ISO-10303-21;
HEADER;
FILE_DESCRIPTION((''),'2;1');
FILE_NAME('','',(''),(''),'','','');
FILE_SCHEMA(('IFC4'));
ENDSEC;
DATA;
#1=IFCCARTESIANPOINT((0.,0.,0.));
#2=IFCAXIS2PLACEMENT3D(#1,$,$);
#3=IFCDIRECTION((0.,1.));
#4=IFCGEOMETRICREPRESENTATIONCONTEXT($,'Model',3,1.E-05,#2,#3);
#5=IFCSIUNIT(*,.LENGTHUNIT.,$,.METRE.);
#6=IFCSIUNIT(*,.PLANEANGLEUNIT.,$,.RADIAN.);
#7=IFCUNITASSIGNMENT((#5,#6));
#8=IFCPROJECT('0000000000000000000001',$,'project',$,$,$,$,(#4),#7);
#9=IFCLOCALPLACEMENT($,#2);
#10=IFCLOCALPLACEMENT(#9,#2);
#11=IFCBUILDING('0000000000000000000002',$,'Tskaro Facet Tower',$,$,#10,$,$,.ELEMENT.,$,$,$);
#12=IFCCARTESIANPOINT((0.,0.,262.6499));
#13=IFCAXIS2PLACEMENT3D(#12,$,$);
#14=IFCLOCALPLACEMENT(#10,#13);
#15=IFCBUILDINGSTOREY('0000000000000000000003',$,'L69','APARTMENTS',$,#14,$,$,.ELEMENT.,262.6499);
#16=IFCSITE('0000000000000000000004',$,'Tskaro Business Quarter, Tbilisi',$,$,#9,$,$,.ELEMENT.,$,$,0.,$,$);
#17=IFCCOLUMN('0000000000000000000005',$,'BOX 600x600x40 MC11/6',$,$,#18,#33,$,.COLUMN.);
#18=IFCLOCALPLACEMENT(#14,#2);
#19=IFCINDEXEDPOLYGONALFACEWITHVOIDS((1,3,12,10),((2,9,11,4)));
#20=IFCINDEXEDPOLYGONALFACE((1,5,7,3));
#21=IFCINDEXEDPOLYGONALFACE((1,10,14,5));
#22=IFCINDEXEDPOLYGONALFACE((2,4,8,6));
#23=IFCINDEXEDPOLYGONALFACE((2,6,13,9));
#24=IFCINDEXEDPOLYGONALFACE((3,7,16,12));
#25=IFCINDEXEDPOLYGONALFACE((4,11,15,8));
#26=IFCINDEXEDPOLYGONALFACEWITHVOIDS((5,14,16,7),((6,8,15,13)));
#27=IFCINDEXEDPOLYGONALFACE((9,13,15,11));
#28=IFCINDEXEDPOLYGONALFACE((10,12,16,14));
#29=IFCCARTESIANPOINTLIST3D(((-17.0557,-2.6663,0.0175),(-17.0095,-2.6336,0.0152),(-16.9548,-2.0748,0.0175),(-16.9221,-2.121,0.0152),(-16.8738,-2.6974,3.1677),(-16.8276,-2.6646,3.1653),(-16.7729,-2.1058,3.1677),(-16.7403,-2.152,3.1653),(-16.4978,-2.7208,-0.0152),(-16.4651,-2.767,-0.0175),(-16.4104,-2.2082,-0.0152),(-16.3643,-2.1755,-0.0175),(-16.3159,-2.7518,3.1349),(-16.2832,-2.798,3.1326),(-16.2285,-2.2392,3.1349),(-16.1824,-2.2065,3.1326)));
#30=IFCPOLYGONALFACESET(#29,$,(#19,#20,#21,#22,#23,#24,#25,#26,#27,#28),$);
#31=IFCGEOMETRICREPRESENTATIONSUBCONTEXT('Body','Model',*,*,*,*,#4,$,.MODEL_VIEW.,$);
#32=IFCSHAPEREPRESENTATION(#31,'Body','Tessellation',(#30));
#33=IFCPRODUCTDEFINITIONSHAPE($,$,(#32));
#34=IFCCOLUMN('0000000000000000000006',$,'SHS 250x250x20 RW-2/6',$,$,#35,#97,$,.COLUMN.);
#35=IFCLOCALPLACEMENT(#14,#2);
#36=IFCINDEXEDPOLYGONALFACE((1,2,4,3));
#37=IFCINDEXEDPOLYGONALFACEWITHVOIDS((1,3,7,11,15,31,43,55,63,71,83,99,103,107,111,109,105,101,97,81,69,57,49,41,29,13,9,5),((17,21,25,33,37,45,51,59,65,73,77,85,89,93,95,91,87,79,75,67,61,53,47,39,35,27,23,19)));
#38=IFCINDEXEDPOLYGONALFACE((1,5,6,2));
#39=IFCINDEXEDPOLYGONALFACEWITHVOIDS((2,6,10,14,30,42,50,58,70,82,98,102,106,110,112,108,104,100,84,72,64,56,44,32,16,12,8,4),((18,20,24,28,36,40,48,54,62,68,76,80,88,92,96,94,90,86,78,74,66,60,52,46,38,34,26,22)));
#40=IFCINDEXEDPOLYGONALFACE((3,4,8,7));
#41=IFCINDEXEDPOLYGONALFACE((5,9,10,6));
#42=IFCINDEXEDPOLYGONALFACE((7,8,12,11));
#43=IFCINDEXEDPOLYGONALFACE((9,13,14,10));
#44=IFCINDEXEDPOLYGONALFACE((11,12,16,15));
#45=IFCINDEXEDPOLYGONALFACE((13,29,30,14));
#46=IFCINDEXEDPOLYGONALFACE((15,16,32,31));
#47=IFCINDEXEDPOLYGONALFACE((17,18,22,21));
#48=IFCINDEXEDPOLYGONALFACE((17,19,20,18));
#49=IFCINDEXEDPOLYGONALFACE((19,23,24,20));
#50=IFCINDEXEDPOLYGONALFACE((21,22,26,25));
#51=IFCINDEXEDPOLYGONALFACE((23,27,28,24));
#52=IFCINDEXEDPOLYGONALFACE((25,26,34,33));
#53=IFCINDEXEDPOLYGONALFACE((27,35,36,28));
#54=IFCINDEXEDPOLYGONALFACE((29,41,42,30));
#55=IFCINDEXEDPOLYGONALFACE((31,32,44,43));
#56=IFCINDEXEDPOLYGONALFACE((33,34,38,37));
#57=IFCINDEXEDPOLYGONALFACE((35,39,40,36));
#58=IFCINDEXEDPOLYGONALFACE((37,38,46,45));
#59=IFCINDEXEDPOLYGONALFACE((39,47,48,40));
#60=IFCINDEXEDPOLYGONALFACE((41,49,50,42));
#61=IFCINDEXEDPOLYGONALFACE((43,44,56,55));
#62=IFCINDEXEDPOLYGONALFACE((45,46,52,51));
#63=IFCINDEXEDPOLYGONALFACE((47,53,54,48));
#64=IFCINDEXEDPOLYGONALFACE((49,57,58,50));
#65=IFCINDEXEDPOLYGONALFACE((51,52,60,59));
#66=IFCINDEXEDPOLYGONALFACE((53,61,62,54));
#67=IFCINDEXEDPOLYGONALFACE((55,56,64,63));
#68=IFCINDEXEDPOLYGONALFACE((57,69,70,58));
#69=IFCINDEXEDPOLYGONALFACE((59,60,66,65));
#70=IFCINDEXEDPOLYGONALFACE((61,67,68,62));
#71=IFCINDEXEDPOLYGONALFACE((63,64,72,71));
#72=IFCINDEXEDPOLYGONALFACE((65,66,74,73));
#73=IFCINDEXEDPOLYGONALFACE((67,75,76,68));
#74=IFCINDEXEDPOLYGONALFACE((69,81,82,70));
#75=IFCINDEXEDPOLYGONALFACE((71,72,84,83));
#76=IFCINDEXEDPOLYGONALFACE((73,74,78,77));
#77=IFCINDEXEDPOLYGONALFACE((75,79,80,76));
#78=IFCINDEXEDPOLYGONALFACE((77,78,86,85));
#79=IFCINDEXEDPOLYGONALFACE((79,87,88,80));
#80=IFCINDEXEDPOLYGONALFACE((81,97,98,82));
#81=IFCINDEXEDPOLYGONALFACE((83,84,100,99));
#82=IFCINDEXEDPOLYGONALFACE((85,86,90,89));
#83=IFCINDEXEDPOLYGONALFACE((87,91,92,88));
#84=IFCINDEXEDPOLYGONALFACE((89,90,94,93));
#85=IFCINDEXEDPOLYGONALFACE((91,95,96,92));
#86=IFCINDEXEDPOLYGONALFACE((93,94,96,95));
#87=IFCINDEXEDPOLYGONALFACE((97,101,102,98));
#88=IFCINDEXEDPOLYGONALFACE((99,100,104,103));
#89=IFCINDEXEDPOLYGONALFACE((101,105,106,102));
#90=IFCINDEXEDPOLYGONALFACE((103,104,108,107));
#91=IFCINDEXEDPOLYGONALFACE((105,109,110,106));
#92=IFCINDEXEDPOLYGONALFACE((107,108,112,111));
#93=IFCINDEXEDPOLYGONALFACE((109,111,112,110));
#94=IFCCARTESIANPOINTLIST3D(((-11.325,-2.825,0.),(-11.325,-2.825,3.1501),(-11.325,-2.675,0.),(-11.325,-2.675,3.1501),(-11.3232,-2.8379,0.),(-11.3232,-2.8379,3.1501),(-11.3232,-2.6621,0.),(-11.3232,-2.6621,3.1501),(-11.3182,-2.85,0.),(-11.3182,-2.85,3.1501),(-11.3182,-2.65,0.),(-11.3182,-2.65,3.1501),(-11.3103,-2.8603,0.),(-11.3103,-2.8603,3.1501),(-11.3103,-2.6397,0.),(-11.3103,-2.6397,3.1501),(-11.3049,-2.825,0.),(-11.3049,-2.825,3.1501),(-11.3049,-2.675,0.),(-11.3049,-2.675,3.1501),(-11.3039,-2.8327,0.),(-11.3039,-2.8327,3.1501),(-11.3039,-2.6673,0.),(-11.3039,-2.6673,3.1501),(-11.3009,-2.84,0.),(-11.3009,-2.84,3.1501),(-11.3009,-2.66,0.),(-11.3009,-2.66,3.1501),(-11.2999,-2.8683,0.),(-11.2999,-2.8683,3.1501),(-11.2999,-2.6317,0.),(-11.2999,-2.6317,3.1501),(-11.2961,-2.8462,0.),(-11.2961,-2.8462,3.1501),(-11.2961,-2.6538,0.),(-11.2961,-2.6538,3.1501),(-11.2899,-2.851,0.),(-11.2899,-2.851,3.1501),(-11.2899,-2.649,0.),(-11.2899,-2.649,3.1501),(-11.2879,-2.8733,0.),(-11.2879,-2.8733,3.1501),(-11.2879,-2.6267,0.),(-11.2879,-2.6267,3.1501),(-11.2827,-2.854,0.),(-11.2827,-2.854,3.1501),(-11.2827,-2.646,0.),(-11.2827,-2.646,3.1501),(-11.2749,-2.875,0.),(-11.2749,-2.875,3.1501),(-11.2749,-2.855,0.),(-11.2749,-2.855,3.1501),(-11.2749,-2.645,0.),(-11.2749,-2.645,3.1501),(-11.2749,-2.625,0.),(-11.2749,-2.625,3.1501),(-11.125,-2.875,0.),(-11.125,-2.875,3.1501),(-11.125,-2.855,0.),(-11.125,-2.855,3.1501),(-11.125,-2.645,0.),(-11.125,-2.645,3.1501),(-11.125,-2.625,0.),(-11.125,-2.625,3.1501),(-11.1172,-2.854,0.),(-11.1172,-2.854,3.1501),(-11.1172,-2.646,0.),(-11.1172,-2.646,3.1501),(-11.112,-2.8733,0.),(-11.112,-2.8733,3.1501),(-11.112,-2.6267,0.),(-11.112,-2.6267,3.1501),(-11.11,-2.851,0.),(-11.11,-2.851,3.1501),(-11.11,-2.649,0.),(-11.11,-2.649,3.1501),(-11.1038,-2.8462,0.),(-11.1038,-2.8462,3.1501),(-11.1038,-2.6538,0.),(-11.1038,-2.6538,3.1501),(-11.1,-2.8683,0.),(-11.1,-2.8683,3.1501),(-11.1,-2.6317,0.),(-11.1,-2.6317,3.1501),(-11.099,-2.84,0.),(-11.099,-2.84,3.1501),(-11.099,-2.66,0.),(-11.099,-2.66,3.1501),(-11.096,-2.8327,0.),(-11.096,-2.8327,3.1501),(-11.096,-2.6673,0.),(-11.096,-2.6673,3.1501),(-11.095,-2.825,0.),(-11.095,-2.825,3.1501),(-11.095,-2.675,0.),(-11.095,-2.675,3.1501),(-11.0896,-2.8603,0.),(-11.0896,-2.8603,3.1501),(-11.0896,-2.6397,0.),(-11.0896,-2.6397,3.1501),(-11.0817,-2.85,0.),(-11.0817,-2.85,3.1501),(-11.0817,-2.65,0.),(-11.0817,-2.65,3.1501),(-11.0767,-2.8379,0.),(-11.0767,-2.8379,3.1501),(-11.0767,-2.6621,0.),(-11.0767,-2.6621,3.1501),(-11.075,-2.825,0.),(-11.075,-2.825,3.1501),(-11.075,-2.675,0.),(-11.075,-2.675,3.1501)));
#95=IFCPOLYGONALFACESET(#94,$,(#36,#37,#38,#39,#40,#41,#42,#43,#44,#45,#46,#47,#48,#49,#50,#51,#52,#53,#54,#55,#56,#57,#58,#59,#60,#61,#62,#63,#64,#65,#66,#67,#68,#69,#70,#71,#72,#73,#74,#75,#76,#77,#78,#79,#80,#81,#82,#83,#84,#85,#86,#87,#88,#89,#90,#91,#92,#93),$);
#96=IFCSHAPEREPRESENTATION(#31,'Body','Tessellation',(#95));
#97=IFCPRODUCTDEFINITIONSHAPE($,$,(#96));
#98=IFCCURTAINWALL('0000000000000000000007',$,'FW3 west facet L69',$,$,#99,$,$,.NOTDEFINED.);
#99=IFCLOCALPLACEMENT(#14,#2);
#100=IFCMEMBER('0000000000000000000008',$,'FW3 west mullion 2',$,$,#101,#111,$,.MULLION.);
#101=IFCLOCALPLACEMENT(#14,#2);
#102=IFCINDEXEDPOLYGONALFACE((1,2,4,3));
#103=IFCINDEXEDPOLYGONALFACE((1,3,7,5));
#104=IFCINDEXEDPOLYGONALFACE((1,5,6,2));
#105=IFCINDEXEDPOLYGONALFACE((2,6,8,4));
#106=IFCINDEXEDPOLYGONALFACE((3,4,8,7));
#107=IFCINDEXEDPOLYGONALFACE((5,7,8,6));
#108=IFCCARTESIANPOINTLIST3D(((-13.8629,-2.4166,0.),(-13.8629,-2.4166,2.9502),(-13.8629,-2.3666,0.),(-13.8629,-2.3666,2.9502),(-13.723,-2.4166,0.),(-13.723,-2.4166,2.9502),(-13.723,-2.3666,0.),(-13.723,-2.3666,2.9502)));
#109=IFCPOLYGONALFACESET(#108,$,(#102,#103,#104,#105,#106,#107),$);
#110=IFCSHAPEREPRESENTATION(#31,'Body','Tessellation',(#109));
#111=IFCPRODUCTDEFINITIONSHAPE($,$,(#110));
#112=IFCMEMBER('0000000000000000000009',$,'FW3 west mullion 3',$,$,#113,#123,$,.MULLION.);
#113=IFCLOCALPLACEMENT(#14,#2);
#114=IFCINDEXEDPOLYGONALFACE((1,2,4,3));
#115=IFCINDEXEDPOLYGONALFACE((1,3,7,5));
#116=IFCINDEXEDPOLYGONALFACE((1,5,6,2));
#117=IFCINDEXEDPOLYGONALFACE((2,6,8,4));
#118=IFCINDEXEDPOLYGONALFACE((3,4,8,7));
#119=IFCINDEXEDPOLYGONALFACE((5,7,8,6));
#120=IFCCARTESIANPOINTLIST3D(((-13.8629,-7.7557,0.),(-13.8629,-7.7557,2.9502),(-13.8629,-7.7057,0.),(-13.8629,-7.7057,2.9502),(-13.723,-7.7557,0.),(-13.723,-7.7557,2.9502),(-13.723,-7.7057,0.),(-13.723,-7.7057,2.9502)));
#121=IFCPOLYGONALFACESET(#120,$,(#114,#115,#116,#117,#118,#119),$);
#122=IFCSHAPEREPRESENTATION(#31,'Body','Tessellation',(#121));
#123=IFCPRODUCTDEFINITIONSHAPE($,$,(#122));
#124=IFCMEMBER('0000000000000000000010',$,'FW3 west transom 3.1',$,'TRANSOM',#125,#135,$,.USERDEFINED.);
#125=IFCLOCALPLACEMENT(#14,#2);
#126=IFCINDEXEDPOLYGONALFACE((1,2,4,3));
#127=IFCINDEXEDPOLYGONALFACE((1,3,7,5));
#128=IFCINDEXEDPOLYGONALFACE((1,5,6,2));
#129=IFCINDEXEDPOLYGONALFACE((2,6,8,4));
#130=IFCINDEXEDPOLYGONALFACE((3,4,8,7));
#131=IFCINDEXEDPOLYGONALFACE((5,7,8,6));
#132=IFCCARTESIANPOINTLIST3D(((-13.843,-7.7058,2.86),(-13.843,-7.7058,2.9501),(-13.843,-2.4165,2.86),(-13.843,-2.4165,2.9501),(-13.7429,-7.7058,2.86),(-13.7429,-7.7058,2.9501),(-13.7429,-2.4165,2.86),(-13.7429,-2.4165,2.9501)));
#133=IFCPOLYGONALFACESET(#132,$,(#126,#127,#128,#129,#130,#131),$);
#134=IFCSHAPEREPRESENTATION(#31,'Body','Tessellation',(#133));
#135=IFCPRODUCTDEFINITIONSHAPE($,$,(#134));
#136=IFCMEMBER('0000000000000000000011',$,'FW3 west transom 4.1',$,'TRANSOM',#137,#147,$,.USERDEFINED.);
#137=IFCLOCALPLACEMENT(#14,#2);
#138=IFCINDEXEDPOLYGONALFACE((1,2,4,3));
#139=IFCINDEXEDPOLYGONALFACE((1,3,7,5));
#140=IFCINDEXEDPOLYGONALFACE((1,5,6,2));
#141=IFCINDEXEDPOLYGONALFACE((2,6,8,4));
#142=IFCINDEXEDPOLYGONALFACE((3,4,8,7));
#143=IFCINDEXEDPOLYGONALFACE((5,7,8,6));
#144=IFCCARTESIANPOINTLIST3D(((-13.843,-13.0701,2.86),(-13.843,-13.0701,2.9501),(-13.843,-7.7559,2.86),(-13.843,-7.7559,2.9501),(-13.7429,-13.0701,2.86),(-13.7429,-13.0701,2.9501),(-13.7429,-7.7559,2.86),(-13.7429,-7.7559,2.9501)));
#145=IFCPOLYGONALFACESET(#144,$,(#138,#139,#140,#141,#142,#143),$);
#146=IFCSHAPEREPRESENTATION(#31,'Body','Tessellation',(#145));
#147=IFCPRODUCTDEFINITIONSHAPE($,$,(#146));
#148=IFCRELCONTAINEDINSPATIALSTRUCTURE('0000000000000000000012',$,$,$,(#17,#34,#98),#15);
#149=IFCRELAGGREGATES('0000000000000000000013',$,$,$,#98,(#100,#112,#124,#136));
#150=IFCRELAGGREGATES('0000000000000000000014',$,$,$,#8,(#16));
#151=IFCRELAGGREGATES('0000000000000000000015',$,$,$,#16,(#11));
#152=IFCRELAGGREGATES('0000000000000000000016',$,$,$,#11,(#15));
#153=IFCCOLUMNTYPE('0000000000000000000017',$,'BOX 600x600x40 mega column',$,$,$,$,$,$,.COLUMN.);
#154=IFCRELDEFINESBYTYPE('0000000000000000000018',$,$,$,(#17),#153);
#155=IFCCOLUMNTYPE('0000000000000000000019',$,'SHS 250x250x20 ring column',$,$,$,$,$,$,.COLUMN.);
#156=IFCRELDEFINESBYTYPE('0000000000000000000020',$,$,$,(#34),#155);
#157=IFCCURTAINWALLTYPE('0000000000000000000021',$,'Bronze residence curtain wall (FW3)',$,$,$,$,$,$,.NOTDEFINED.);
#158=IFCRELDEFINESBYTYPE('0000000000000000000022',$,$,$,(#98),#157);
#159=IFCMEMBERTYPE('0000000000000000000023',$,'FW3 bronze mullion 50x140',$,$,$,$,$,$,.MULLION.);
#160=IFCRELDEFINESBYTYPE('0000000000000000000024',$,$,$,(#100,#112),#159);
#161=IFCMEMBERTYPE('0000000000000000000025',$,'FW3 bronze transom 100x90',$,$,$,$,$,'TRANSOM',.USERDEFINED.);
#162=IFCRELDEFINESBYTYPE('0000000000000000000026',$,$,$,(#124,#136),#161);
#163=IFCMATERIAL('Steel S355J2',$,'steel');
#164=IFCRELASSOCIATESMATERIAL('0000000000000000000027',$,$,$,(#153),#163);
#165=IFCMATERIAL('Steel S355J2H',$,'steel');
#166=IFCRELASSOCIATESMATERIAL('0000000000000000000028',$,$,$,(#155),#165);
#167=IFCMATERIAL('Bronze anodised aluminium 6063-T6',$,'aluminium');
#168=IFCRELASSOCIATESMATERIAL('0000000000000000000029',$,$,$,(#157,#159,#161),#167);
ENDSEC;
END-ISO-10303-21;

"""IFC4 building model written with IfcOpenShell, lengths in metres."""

from ifc_helpers import new_model, si_unit, direction, frame, origin, origin_2d, place, context, subcontext, project, spatial, rectangle, hollow_rectangle, extrude, material, material_profile, profile_set, type_object, element, aggregate, save


model = new_model("IFC4")

# Units and contexts
model_context = context("Model", 3, precision=1e-05, world=origin(), true_north=direction((0.0, 1.0)))
body_context = subcontext(model_context, "Body", "Model", "MODEL_VIEW")
ifc_project = project(units=[si_unit("LENGTHUNIT", "METRE"), si_unit("PLANEANGLEUNIT", "RADIAN")], contexts=[model_context])

# Site, building, storey
site_placement = place(None, origin())
site = spatial("IfcSite", under=ifc_project, at=site_placement, Name="Tskaro Business Quarter, Tbilisi", CompositionType="ELEMENT", RefElevation=0.0)
building_placement = place(site_placement, origin())
building = spatial("IfcBuilding", under=site, at=building_placement, Name="Tskaro Facet Tower", CompositionType="ELEMENT")
storey_placement = place(building_placement, frame((0.0, 0.0, 262.6499)))
storey = spatial("IfcBuildingStorey", under=building, at=storey_placement, Name="L69", Description="APARTMENTS", CompositionType="ELEMENT", Elevation=262.6499)

# Columns
ifc_material_1 = material(Name="Steel S355J2", Category="steel")
ifc_material_profile_1 = material_profile(ifc_material_1, hollow_rectangle(XDim=0.6001, YDim=0.6001, WallThickness=0.04, at=origin_2d()), Name="BOX 600x600x40")
ifc_profile_set_1 = profile_set([ifc_material_profile_1], Name="Steel S355J2")
column_type_1 = type_object("IfcColumnType", Name="BOX 600x600x40 mega column", PredefinedType="COLUMN", material=ifc_profile_set_1)
column_1_placement = place(storey_placement, frame((-16.71, -2.4209, 0.0), z_axis=(0.05764, -0.009826, 0.998289), x_axis=(0.168046, 0.985779, 0.0)))
element("IfcColumn", 1, at=column_1_placement, inside=storey, type_object=column_type_1, Name="BOX 600x600x40 MC11/6", PredefinedType="COLUMN", context=body_context, shape_type="SweptSolid", body=[
    extrude(hollow_rectangle(XDim=0.6001, YDim=0.6001, WallThickness=0.04, at=origin_2d()), origin(), (0.0, 0.0, 1.0), 3.1555),
])
ifc_material_2 = material(Name="Steel S355J2H", Category="steel")
ifc_material_profile_2 = material_profile(ifc_material_2, hollow_rectangle(XDim=0.25, YDim=0.25, WallThickness=0.02, InnerFilletRadius=0.03, OuterFilletRadius=0.05, at=origin_2d()), Name="SHS 250x250x20")
ifc_profile_set_2 = profile_set([ifc_material_profile_2], Name="Steel S355J2H")
column_type_2 = type_object("IfcColumnType", Name="SHS 250x250x20 ring column", PredefinedType="COLUMN", material=ifc_profile_set_2)
column_2_placement = place(storey_placement, frame((-11.2, -2.75, 0.0), z_axis=(0.0, 0.0, 1.0), x_axis=(1.0, 0.0, 0.0)))
element("IfcColumn", 2, at=column_2_placement, inside=storey, type_object=column_type_2, Name="SHS 250x250x20 RW-2/6", PredefinedType="COLUMN", context=body_context, shape_type="SweptSolid", body=[
    extrude(hollow_rectangle(XDim=0.25, YDim=0.25, WallThickness=0.02, InnerFilletRadius=0.03, OuterFilletRadius=0.05, at=origin_2d()), origin(), (0.0, 0.0, 1.0), 3.1501),
])

# Curtain wall, members
ifc_material_3 = material(Name="Bronze anodised aluminium 6063-T6", Category="aluminium")
curtain_wall_type = type_object("IfcCurtainWallType", Name="Bronze residence curtain wall (FW3)", PredefinedType="NOTDEFINED", material=ifc_material_3)
curtain_wall_placement = place(storey_placement, origin())
curtain_wall = element("IfcCurtainWall", 3, at=curtain_wall_placement, inside=storey, type_object=curtain_wall_type, Name="FW3 west facet L69", PredefinedType="NOTDEFINED")
ifc_material_profile_3 = material_profile(ifc_material_3, rectangle(XDim=0.05, YDim=0.1399, at=origin_2d()), Name="Mullion 50x140")
ifc_profile_set_3 = profile_set([ifc_material_profile_3], Name="Bronze anodised aluminium 6063-T6")
member_type_1 = type_object("IfcMemberType", Name="FW3 bronze mullion 50x140", PredefinedType="MULLION", material=ifc_profile_set_3)
member_1_placement = place(storey_placement, frame((-13.793, -2.3916, 0.0), z_axis=(0.0, 0.0, 1.0), x_axis=(0.0, -1.0, 0.0)))
member_1 = element("IfcMember", 4, at=member_1_placement, type_object=member_type_1, Name="FW3 west mullion 2", PredefinedType="MULLION", context=body_context, shape_type="SweptSolid", body=[
    extrude(rectangle(XDim=0.05, YDim=0.1399, at=origin_2d()), origin(), (0.0, 0.0, 1.0), 2.9502),
])
member_2_placement = place(storey_placement, frame((-13.793, -7.7307, 0.0), z_axis=(0.0, 0.0, 1.0), x_axis=(0.0, -1.0, 0.0)))
member_2 = element("IfcMember", 5, at=member_2_placement, type_object=member_type_1, Name="FW3 west mullion 3", PredefinedType="MULLION", context=body_context, shape_type="SweptSolid", body=[
    extrude(rectangle(XDim=0.05, YDim=0.1399, at=origin_2d()), origin(), (0.0, 0.0, 1.0), 2.9502),
])
ifc_material_profile_4 = material_profile(ifc_material_3, rectangle(XDim=0.1001, YDim=0.0901, at=origin_2d()), Name="Transom 100x90")
ifc_profile_set_4 = profile_set([ifc_material_profile_4], Name="Bronze anodised aluminium 6063-T6")
member_type_2 = type_object("IfcMemberType", Name="FW3 bronze transom 100x90", ElementType="TRANSOM", PredefinedType="USERDEFINED", material=ifc_profile_set_4)
member_3_placement = place(storey_placement, frame((-13.793, -2.4165, 2.905), z_axis=(0.0, -1.0, 0.0), x_axis=(1.0, 0.0, 0.0)))
member_3 = element("IfcMember", 6, at=member_3_placement, type_object=member_type_2, Name="FW3 west transom 3.1", ObjectType="TRANSOM", PredefinedType="USERDEFINED", context=body_context, shape_type="SweptSolid", body=[
    extrude(rectangle(XDim=0.1001, YDim=0.0901, at=origin_2d()), origin(), (0.0, 0.0, 1.0), 5.2893),
])
member_4_placement = place(storey_placement, frame((-13.793, -7.7559, 2.905), z_axis=(0.0, -1.0, 0.0), x_axis=(1.0, 0.0, 0.0)))
member_4 = element("IfcMember", 7, at=member_4_placement, type_object=member_type_2, Name="FW3 west transom 4.1", ObjectType="TRANSOM", PredefinedType="USERDEFINED", context=body_context, shape_type="SweptSolid", body=[
    extrude(rectangle(XDim=0.1001, YDim=0.0901, at=origin_2d()), origin(), (0.0, 0.0, 1.0), 5.3142),
])

aggregate(curtain_wall, [member_1, member_2, member_3, member_4])

save(model, "model.ifc")
